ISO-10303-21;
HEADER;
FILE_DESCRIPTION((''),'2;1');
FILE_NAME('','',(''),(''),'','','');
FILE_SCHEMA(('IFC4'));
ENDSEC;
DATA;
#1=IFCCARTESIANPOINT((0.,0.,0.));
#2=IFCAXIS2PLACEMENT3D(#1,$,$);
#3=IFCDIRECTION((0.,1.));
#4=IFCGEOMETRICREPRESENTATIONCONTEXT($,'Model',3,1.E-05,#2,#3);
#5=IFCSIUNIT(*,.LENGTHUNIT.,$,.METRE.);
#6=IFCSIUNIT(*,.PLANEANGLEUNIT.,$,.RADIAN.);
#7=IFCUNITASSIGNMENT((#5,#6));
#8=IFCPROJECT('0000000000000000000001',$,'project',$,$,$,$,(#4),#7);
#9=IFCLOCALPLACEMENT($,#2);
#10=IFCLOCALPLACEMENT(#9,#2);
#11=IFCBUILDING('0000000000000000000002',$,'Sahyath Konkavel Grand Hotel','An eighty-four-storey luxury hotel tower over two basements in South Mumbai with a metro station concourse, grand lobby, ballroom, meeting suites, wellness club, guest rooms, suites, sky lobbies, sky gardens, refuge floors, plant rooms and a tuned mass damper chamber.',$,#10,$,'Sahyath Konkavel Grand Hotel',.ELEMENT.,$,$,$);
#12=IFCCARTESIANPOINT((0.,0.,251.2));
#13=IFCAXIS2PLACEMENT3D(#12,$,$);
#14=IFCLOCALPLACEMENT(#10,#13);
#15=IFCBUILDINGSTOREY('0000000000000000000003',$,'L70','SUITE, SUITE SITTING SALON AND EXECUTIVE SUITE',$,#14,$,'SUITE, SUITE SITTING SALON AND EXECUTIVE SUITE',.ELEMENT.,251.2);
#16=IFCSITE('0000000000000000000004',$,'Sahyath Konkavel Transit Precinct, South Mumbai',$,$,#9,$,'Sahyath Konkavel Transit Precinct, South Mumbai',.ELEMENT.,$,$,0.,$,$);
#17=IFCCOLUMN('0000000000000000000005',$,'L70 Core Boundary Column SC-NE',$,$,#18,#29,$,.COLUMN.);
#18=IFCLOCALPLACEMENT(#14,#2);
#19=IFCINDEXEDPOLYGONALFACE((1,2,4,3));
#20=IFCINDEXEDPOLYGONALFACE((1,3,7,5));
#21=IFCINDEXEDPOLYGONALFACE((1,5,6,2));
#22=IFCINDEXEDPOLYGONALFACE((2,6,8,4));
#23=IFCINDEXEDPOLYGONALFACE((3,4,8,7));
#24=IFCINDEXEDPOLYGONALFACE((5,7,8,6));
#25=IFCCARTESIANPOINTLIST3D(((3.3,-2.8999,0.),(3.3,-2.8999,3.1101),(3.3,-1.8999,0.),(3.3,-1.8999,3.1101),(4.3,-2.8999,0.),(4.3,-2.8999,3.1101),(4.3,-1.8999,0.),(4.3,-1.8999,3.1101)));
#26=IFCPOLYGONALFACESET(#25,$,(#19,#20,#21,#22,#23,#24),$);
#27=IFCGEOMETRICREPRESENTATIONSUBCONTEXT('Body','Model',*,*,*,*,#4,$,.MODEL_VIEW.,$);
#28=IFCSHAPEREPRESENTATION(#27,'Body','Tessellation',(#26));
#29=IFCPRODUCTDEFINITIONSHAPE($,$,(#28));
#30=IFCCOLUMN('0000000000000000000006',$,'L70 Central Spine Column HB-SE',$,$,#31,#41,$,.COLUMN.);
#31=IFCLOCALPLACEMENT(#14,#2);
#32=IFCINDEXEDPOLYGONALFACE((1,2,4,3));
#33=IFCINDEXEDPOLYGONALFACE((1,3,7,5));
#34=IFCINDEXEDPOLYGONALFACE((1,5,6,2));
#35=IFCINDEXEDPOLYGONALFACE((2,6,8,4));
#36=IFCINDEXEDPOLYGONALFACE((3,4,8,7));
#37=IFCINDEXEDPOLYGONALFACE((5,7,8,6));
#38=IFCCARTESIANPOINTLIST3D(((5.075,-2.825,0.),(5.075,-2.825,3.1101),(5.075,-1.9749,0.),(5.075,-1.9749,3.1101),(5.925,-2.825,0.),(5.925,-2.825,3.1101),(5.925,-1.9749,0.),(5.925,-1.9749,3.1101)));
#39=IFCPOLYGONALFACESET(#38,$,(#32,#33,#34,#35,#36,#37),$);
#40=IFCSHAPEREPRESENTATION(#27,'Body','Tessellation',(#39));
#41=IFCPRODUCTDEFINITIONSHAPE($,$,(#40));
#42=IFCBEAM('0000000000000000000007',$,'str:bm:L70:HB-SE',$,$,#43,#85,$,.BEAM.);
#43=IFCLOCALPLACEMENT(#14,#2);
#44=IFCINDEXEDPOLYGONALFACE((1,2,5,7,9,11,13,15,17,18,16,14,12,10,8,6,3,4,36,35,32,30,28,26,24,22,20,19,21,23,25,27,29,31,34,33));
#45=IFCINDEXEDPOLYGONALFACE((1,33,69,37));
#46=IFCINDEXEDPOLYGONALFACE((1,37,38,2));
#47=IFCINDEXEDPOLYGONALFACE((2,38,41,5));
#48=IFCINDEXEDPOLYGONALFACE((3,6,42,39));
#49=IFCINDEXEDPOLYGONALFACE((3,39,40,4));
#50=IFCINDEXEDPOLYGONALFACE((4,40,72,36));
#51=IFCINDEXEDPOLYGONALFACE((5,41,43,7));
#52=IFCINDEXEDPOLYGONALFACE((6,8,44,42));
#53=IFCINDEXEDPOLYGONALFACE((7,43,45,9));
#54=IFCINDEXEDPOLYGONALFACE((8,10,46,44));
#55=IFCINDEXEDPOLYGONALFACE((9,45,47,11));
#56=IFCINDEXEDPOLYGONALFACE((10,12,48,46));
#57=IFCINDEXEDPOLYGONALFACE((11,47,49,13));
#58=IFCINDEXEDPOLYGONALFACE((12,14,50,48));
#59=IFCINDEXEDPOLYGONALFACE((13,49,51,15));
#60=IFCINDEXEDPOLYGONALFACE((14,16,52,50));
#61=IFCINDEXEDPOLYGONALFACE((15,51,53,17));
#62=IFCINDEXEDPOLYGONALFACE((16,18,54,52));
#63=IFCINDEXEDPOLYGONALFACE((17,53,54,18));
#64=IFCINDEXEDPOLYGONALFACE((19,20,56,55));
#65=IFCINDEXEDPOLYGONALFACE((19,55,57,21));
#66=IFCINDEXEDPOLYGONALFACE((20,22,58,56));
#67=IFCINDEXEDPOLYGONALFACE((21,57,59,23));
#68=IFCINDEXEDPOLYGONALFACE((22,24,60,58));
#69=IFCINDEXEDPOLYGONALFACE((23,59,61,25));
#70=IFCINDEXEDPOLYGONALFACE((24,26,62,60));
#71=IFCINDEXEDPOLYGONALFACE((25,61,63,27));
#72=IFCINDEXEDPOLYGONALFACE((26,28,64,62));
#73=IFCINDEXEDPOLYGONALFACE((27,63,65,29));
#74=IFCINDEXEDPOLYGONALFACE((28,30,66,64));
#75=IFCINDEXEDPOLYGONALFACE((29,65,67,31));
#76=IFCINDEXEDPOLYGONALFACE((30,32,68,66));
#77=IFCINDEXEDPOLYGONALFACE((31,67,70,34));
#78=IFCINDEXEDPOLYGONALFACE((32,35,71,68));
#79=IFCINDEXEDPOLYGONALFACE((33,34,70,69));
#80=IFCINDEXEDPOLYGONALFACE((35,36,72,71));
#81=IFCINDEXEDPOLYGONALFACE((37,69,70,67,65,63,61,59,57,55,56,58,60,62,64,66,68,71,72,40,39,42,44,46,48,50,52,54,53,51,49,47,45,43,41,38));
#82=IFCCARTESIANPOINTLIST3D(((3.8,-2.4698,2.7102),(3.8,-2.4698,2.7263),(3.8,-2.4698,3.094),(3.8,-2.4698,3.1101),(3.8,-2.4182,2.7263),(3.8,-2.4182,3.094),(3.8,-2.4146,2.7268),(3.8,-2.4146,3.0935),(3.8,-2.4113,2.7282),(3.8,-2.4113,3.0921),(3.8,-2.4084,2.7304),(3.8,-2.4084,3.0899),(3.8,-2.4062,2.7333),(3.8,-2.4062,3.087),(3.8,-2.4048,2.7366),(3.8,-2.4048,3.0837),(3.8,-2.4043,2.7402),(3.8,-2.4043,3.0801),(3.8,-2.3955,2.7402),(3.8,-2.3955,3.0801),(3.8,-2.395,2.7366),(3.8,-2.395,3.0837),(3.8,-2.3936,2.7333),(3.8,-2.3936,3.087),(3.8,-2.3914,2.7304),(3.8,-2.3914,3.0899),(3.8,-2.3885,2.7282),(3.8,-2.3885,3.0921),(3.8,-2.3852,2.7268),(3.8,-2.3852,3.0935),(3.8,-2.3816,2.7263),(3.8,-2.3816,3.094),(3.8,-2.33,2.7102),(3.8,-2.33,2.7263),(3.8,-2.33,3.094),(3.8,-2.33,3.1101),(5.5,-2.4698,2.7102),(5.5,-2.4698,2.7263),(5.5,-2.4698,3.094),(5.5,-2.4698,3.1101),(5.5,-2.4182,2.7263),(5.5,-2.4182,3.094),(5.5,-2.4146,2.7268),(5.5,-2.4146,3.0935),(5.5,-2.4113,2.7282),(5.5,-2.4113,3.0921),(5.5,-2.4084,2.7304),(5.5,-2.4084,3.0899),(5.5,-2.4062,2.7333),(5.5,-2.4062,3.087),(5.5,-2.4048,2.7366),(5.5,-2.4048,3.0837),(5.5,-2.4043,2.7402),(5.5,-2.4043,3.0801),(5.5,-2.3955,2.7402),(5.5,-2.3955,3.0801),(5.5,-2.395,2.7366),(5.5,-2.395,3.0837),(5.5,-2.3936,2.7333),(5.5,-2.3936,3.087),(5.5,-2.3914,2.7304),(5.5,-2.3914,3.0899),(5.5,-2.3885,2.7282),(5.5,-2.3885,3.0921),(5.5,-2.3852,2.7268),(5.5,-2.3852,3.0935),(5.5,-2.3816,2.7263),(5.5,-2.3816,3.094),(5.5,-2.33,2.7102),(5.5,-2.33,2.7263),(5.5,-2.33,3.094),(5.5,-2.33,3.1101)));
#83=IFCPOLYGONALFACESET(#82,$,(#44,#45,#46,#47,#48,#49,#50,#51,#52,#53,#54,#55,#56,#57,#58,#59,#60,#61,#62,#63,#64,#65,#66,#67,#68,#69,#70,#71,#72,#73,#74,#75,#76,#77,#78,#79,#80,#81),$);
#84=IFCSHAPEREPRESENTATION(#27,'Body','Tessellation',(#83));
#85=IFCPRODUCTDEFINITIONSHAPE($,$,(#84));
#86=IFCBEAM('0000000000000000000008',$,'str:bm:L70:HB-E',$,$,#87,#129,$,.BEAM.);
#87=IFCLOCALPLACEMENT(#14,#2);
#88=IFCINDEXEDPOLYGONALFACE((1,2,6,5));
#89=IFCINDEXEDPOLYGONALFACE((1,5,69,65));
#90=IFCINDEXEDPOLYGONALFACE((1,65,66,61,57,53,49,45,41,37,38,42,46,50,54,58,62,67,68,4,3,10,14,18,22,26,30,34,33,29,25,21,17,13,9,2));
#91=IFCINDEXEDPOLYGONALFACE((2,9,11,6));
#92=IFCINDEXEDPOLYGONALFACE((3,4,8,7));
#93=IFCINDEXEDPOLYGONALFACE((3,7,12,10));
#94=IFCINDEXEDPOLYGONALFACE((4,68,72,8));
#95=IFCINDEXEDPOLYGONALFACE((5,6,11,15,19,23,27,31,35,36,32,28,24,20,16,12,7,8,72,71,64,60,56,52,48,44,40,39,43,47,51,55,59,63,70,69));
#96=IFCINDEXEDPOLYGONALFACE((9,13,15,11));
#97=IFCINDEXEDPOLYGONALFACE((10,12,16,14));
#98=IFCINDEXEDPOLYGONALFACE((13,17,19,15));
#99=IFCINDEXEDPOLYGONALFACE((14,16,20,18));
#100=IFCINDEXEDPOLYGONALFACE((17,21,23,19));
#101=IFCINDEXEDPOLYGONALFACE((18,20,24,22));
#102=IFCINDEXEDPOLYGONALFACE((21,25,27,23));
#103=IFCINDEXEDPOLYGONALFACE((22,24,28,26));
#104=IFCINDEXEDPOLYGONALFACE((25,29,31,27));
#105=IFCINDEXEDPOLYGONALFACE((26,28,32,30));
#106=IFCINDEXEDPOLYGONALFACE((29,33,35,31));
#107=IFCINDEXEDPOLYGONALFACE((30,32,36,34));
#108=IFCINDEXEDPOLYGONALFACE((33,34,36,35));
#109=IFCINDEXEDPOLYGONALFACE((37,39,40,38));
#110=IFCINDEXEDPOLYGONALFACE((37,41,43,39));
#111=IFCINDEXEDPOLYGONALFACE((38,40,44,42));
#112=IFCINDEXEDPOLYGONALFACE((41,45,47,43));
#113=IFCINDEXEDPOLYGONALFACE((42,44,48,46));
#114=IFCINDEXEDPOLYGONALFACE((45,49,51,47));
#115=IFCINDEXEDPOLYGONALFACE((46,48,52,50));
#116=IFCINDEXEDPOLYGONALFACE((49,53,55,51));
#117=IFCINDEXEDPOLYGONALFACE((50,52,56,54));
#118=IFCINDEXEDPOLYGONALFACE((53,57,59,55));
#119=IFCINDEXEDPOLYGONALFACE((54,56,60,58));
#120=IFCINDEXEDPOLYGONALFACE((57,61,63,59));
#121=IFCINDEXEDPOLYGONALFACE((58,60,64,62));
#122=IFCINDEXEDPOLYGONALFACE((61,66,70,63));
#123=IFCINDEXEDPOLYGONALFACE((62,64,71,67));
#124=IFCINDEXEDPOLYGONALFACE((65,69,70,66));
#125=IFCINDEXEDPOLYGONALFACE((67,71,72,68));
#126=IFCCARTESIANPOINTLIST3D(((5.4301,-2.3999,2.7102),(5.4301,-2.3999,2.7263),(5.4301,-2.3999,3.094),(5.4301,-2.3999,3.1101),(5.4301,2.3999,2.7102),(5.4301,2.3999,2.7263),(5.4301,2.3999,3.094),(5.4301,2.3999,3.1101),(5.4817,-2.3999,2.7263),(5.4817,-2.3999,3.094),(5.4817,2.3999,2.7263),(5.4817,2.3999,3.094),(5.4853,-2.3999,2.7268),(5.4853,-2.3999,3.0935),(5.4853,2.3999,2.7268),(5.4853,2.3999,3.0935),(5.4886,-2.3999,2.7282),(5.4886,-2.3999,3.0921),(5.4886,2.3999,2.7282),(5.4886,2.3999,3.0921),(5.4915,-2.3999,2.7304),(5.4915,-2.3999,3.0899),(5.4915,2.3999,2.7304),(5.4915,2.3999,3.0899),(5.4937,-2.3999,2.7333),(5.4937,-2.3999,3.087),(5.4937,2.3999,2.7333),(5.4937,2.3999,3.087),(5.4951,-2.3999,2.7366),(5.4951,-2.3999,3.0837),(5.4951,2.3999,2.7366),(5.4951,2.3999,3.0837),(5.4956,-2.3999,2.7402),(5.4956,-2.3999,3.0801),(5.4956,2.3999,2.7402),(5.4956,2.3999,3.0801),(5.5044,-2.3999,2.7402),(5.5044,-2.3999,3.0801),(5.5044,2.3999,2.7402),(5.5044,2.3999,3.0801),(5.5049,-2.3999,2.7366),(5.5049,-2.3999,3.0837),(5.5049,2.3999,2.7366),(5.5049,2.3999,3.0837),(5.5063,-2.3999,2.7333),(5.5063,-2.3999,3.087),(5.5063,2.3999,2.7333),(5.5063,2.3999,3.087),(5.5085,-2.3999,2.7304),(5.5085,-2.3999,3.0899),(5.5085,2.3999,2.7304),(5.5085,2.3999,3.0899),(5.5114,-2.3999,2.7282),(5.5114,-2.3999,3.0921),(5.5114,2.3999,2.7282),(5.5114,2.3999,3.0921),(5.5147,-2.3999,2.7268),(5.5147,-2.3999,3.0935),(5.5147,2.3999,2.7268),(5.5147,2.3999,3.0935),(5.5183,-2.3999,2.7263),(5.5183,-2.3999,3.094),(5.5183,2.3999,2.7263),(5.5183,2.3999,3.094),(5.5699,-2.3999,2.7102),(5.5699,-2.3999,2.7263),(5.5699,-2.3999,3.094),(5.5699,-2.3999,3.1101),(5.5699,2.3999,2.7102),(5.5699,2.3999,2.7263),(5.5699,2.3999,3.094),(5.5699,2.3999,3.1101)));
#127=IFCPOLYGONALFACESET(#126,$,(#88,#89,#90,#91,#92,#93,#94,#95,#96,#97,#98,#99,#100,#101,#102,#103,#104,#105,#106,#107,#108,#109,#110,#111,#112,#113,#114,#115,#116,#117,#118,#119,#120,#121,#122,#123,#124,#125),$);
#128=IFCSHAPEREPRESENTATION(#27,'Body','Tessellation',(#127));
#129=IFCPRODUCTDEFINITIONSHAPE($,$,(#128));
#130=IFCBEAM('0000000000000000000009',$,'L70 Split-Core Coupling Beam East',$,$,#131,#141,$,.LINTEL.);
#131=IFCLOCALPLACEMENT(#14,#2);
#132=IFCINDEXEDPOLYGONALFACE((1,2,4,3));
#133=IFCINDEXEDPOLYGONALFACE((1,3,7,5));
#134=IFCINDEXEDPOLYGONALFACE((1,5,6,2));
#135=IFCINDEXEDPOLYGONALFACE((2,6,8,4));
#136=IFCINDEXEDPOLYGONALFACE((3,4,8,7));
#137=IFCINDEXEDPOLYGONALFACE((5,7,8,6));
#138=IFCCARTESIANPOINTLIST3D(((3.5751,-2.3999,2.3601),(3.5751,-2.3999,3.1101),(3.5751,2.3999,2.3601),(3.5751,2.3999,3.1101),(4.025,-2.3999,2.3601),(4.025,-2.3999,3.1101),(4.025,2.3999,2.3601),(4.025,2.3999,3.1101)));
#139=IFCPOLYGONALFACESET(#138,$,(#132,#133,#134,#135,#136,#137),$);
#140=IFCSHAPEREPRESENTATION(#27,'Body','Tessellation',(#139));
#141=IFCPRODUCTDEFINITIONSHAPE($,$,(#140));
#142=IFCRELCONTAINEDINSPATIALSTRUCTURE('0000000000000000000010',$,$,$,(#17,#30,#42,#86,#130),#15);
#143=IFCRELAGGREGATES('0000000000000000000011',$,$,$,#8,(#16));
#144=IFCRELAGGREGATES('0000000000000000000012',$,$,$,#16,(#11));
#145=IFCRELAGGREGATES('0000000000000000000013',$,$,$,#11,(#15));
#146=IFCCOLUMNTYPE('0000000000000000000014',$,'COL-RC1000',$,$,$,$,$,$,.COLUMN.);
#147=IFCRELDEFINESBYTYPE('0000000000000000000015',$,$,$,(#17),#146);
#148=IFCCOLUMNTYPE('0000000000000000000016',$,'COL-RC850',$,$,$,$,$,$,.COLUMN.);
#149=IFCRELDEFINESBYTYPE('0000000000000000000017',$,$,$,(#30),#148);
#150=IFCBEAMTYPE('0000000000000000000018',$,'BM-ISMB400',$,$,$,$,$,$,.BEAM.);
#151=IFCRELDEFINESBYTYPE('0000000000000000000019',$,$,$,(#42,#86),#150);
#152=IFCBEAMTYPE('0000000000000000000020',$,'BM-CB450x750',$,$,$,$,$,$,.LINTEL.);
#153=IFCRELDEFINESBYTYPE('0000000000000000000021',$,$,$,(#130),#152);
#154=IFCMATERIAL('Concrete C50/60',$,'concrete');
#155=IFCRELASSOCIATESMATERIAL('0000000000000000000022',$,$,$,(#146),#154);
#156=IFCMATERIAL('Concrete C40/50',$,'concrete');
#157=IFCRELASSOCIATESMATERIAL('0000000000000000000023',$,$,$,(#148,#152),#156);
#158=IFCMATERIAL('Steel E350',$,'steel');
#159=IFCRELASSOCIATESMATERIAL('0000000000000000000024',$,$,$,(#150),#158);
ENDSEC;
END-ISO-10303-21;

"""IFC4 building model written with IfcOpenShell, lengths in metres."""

from ifc_helpers import new_model, si_unit, direction, frame, origin, origin_2d, place, context, subcontext, project, spatial, rectangle, i_section, extrude, source, transform, mapped, material, material_profile, profile_set, type_object, element, save


model = new_model("IFC4")

# Units and contexts
model_context = context("Model", 3, precision=1e-05, world=origin(), true_north=direction((0.0, 1.0)))
body_context = subcontext(model_context, "Body", "Model", "MODEL_VIEW")
ifc_project = project(units=[si_unit("LENGTHUNIT", "METRE"), si_unit("PLANEANGLEUNIT", "RADIAN")], contexts=[model_context])

# Site, building, storey
site_placement = place(None, origin())
site = spatial("IfcSite", under=ifc_project, at=site_placement, Name="Sahyath Konkavel Transit Precinct, South Mumbai", LongName="Sahyath Konkavel Transit Precinct, South Mumbai", CompositionType="ELEMENT", RefElevation=0.0)
building_placement = place(site_placement, origin())
building = spatial("IfcBuilding", under=site, at=building_placement, Name="Sahyath Konkavel Grand Hotel", Description="An eighty-four-storey luxury hotel tower over two basements in South Mumbai with a metro station concourse, grand lobby, ballroom, meeting suites, wellness club, guest rooms, suites, sky lobbies, sky gardens, refuge floors, plant rooms and a tuned mass damper chamber.", LongName="Sahyath Konkavel Grand Hotel", CompositionType="ELEMENT")
storey_placement = place(building_placement, frame((0.0, 0.0, 251.2)))
storey = spatial("IfcBuildingStorey", under=building, at=storey_placement, Name="L70", Description="SUITE, SUITE SITTING SALON AND EXECUTIVE SUITE", LongName="SUITE, SUITE SITTING SALON AND EXECUTIVE SUITE", CompositionType="ELEMENT", Elevation=251.2)

# Columns
ifc_material_1 = material(Name="Concrete C50/60", Category="concrete")
ifc_material_profile_1 = material_profile(ifc_material_1, rectangle(XDim=1.0, YDim=1.0, at=origin_2d()), Name="RC 1000x1000")
ifc_profile_set_1 = profile_set([ifc_material_profile_1], Name="Concrete C50/60")
column_type_1 = type_object("IfcColumnType", Name="COL-RC1000", PredefinedType="COLUMN", material=ifc_profile_set_1)
shared_shape_1 = source(origin(), body_context, "Body", "SweptSolid", [
    extrude(rectangle(XDim=1.0, YDim=1.0, at=origin_2d()), origin(), (0.0, 0.0, 1.0), 3.1101),
])
column_1_placement = place(storey_placement, frame((3.8, -2.3999, 0.0), z_axis=(0.0, 0.0, 1.0), x_axis=(1.0, 0.0, 0.0)))
element("IfcColumn", 1, at=column_1_placement, inside=storey, type_object=column_type_1, Name="L70 Core Boundary Column SC-NE", PredefinedType="COLUMN", context=body_context, shape_type="MappedRepresentation", body=[
    mapped(shared_shape_1, transform((0.0, 0.0, 0.0), scale=1.0)),
])
ifc_material_2 = material(Name="Concrete C40/50", Category="concrete")
ifc_material_profile_2 = material_profile(ifc_material_2, rectangle(XDim=0.8501, YDim=0.8501, at=origin_2d()), Name="RC 850x850")
ifc_profile_set_2 = profile_set([ifc_material_profile_2], Name="Concrete C40/50")
column_type_2 = type_object("IfcColumnType", Name="COL-RC850", PredefinedType="COLUMN", material=ifc_profile_set_2)
shared_shape_2 = source(origin(), body_context, "Body", "SweptSolid", [
    extrude(rectangle(XDim=0.8501, YDim=0.8501, at=origin_2d()), origin(), (0.0, 0.0, 1.0), 3.1101),
])
column_2_placement = place(storey_placement, frame((5.5, -2.3999, 0.0), z_axis=(0.0, 0.0, 1.0), x_axis=(1.0, 0.0, 0.0)))
element("IfcColumn", 2, at=column_2_placement, inside=storey, type_object=column_type_2, Name="L70 Central Spine Column HB-SE", PredefinedType="COLUMN", context=body_context, shape_type="MappedRepresentation", body=[
    mapped(shared_shape_2, transform((0.0, 0.0, 0.0), scale=1.0)),
])

# Beams
ifc_material_3 = material(Name="Steel E350", Category="steel")
ifc_material_profile_3 = material_profile(ifc_material_3, i_section(OverallWidth=0.1399, OverallDepth=0.3999, WebThickness=0.0088, FlangeThickness=0.0161, FilletRadius=0.0139, at=origin_2d()), Name="ISMB 400")
ifc_profile_set_3 = profile_set([ifc_material_profile_3], Name="Steel E350")
beam_type_1 = type_object("IfcBeamType", Name="BM-ISMB400", PredefinedType="BEAM", material=ifc_profile_set_3)
shared_shape_3 = source(origin(), body_context, "Body", "SweptSolid", [
    extrude(i_section(OverallWidth=0.1399, OverallDepth=0.3999, WebThickness=0.0088, FlangeThickness=0.0161, FilletRadius=0.0139, at=origin_2d()), origin(), (0.0, 0.0, 1.0), 1.7),
])
beam_1_placement = place(storey_placement, frame((3.8, -2.3999, 2.9102), z_axis=(1.0, 0.0, 0.0), x_axis=(0.0, 1.0, 0.0)))
element("IfcBeam", 3, at=beam_1_placement, inside=storey, type_object=beam_type_1, Name="str:bm:L70:HB-SE", PredefinedType="BEAM", context=body_context, shape_type="MappedRepresentation", body=[
    mapped(shared_shape_3, transform((0.0, 0.0, 0.0), scale=1.0)),
])
shared_shape_4 = source(origin(), body_context, "Body", "SweptSolid", [
    extrude(i_section(OverallWidth=0.1399, OverallDepth=0.3999, WebThickness=0.0088, FlangeThickness=0.0161, FilletRadius=0.0139, at=origin_2d()), origin(), (0.0, 0.0, 1.0), 4.7998),
])
beam_2_placement = place(storey_placement, frame((5.5, -2.3999, 2.9102), z_axis=(0.0, 1.0, 0.0), x_axis=(-1.0, 0.0, 0.0)))
element("IfcBeam", 4, at=beam_2_placement, inside=storey, type_object=beam_type_1, Name="str:bm:L70:HB-E", PredefinedType="BEAM", context=body_context, shape_type="MappedRepresentation", body=[
    mapped(shared_shape_4, transform((0.0, 0.0, 0.0), scale=1.0)),
])
ifc_material_profile_4 = material_profile(ifc_material_2, rectangle(XDim=0.45, YDim=0.75, at=origin_2d()), Name="RC 450x750")
ifc_profile_set_4 = profile_set([ifc_material_profile_4], Name="Concrete C40/50")
beam_type_2 = type_object("IfcBeamType", Name="BM-CB450x750", PredefinedType="LINTEL", material=ifc_profile_set_4)
shared_shape_5 = source(origin(), body_context, "Body", "SweptSolid", [
    extrude(rectangle(XDim=0.45, YDim=0.75, at=origin_2d()), origin(), (0.0, 0.0, 1.0), 4.7998),
])
beam_3_placement = place(storey_placement, frame((3.8, -2.3999, 2.7351), z_axis=(0.0, 1.0, 0.0), x_axis=(-1.0, 0.0, 0.0)))
element("IfcBeam", 5, at=beam_3_placement, inside=storey, type_object=beam_type_2, Name="L70 Split-Core Coupling Beam East", PredefinedType="LINTEL", context=body_context, shape_type="MappedRepresentation", body=[
    mapped(shared_shape_5, transform((0.0, 0.0, 0.0), scale=1.0)),
])

save(model, "model.ifc")
